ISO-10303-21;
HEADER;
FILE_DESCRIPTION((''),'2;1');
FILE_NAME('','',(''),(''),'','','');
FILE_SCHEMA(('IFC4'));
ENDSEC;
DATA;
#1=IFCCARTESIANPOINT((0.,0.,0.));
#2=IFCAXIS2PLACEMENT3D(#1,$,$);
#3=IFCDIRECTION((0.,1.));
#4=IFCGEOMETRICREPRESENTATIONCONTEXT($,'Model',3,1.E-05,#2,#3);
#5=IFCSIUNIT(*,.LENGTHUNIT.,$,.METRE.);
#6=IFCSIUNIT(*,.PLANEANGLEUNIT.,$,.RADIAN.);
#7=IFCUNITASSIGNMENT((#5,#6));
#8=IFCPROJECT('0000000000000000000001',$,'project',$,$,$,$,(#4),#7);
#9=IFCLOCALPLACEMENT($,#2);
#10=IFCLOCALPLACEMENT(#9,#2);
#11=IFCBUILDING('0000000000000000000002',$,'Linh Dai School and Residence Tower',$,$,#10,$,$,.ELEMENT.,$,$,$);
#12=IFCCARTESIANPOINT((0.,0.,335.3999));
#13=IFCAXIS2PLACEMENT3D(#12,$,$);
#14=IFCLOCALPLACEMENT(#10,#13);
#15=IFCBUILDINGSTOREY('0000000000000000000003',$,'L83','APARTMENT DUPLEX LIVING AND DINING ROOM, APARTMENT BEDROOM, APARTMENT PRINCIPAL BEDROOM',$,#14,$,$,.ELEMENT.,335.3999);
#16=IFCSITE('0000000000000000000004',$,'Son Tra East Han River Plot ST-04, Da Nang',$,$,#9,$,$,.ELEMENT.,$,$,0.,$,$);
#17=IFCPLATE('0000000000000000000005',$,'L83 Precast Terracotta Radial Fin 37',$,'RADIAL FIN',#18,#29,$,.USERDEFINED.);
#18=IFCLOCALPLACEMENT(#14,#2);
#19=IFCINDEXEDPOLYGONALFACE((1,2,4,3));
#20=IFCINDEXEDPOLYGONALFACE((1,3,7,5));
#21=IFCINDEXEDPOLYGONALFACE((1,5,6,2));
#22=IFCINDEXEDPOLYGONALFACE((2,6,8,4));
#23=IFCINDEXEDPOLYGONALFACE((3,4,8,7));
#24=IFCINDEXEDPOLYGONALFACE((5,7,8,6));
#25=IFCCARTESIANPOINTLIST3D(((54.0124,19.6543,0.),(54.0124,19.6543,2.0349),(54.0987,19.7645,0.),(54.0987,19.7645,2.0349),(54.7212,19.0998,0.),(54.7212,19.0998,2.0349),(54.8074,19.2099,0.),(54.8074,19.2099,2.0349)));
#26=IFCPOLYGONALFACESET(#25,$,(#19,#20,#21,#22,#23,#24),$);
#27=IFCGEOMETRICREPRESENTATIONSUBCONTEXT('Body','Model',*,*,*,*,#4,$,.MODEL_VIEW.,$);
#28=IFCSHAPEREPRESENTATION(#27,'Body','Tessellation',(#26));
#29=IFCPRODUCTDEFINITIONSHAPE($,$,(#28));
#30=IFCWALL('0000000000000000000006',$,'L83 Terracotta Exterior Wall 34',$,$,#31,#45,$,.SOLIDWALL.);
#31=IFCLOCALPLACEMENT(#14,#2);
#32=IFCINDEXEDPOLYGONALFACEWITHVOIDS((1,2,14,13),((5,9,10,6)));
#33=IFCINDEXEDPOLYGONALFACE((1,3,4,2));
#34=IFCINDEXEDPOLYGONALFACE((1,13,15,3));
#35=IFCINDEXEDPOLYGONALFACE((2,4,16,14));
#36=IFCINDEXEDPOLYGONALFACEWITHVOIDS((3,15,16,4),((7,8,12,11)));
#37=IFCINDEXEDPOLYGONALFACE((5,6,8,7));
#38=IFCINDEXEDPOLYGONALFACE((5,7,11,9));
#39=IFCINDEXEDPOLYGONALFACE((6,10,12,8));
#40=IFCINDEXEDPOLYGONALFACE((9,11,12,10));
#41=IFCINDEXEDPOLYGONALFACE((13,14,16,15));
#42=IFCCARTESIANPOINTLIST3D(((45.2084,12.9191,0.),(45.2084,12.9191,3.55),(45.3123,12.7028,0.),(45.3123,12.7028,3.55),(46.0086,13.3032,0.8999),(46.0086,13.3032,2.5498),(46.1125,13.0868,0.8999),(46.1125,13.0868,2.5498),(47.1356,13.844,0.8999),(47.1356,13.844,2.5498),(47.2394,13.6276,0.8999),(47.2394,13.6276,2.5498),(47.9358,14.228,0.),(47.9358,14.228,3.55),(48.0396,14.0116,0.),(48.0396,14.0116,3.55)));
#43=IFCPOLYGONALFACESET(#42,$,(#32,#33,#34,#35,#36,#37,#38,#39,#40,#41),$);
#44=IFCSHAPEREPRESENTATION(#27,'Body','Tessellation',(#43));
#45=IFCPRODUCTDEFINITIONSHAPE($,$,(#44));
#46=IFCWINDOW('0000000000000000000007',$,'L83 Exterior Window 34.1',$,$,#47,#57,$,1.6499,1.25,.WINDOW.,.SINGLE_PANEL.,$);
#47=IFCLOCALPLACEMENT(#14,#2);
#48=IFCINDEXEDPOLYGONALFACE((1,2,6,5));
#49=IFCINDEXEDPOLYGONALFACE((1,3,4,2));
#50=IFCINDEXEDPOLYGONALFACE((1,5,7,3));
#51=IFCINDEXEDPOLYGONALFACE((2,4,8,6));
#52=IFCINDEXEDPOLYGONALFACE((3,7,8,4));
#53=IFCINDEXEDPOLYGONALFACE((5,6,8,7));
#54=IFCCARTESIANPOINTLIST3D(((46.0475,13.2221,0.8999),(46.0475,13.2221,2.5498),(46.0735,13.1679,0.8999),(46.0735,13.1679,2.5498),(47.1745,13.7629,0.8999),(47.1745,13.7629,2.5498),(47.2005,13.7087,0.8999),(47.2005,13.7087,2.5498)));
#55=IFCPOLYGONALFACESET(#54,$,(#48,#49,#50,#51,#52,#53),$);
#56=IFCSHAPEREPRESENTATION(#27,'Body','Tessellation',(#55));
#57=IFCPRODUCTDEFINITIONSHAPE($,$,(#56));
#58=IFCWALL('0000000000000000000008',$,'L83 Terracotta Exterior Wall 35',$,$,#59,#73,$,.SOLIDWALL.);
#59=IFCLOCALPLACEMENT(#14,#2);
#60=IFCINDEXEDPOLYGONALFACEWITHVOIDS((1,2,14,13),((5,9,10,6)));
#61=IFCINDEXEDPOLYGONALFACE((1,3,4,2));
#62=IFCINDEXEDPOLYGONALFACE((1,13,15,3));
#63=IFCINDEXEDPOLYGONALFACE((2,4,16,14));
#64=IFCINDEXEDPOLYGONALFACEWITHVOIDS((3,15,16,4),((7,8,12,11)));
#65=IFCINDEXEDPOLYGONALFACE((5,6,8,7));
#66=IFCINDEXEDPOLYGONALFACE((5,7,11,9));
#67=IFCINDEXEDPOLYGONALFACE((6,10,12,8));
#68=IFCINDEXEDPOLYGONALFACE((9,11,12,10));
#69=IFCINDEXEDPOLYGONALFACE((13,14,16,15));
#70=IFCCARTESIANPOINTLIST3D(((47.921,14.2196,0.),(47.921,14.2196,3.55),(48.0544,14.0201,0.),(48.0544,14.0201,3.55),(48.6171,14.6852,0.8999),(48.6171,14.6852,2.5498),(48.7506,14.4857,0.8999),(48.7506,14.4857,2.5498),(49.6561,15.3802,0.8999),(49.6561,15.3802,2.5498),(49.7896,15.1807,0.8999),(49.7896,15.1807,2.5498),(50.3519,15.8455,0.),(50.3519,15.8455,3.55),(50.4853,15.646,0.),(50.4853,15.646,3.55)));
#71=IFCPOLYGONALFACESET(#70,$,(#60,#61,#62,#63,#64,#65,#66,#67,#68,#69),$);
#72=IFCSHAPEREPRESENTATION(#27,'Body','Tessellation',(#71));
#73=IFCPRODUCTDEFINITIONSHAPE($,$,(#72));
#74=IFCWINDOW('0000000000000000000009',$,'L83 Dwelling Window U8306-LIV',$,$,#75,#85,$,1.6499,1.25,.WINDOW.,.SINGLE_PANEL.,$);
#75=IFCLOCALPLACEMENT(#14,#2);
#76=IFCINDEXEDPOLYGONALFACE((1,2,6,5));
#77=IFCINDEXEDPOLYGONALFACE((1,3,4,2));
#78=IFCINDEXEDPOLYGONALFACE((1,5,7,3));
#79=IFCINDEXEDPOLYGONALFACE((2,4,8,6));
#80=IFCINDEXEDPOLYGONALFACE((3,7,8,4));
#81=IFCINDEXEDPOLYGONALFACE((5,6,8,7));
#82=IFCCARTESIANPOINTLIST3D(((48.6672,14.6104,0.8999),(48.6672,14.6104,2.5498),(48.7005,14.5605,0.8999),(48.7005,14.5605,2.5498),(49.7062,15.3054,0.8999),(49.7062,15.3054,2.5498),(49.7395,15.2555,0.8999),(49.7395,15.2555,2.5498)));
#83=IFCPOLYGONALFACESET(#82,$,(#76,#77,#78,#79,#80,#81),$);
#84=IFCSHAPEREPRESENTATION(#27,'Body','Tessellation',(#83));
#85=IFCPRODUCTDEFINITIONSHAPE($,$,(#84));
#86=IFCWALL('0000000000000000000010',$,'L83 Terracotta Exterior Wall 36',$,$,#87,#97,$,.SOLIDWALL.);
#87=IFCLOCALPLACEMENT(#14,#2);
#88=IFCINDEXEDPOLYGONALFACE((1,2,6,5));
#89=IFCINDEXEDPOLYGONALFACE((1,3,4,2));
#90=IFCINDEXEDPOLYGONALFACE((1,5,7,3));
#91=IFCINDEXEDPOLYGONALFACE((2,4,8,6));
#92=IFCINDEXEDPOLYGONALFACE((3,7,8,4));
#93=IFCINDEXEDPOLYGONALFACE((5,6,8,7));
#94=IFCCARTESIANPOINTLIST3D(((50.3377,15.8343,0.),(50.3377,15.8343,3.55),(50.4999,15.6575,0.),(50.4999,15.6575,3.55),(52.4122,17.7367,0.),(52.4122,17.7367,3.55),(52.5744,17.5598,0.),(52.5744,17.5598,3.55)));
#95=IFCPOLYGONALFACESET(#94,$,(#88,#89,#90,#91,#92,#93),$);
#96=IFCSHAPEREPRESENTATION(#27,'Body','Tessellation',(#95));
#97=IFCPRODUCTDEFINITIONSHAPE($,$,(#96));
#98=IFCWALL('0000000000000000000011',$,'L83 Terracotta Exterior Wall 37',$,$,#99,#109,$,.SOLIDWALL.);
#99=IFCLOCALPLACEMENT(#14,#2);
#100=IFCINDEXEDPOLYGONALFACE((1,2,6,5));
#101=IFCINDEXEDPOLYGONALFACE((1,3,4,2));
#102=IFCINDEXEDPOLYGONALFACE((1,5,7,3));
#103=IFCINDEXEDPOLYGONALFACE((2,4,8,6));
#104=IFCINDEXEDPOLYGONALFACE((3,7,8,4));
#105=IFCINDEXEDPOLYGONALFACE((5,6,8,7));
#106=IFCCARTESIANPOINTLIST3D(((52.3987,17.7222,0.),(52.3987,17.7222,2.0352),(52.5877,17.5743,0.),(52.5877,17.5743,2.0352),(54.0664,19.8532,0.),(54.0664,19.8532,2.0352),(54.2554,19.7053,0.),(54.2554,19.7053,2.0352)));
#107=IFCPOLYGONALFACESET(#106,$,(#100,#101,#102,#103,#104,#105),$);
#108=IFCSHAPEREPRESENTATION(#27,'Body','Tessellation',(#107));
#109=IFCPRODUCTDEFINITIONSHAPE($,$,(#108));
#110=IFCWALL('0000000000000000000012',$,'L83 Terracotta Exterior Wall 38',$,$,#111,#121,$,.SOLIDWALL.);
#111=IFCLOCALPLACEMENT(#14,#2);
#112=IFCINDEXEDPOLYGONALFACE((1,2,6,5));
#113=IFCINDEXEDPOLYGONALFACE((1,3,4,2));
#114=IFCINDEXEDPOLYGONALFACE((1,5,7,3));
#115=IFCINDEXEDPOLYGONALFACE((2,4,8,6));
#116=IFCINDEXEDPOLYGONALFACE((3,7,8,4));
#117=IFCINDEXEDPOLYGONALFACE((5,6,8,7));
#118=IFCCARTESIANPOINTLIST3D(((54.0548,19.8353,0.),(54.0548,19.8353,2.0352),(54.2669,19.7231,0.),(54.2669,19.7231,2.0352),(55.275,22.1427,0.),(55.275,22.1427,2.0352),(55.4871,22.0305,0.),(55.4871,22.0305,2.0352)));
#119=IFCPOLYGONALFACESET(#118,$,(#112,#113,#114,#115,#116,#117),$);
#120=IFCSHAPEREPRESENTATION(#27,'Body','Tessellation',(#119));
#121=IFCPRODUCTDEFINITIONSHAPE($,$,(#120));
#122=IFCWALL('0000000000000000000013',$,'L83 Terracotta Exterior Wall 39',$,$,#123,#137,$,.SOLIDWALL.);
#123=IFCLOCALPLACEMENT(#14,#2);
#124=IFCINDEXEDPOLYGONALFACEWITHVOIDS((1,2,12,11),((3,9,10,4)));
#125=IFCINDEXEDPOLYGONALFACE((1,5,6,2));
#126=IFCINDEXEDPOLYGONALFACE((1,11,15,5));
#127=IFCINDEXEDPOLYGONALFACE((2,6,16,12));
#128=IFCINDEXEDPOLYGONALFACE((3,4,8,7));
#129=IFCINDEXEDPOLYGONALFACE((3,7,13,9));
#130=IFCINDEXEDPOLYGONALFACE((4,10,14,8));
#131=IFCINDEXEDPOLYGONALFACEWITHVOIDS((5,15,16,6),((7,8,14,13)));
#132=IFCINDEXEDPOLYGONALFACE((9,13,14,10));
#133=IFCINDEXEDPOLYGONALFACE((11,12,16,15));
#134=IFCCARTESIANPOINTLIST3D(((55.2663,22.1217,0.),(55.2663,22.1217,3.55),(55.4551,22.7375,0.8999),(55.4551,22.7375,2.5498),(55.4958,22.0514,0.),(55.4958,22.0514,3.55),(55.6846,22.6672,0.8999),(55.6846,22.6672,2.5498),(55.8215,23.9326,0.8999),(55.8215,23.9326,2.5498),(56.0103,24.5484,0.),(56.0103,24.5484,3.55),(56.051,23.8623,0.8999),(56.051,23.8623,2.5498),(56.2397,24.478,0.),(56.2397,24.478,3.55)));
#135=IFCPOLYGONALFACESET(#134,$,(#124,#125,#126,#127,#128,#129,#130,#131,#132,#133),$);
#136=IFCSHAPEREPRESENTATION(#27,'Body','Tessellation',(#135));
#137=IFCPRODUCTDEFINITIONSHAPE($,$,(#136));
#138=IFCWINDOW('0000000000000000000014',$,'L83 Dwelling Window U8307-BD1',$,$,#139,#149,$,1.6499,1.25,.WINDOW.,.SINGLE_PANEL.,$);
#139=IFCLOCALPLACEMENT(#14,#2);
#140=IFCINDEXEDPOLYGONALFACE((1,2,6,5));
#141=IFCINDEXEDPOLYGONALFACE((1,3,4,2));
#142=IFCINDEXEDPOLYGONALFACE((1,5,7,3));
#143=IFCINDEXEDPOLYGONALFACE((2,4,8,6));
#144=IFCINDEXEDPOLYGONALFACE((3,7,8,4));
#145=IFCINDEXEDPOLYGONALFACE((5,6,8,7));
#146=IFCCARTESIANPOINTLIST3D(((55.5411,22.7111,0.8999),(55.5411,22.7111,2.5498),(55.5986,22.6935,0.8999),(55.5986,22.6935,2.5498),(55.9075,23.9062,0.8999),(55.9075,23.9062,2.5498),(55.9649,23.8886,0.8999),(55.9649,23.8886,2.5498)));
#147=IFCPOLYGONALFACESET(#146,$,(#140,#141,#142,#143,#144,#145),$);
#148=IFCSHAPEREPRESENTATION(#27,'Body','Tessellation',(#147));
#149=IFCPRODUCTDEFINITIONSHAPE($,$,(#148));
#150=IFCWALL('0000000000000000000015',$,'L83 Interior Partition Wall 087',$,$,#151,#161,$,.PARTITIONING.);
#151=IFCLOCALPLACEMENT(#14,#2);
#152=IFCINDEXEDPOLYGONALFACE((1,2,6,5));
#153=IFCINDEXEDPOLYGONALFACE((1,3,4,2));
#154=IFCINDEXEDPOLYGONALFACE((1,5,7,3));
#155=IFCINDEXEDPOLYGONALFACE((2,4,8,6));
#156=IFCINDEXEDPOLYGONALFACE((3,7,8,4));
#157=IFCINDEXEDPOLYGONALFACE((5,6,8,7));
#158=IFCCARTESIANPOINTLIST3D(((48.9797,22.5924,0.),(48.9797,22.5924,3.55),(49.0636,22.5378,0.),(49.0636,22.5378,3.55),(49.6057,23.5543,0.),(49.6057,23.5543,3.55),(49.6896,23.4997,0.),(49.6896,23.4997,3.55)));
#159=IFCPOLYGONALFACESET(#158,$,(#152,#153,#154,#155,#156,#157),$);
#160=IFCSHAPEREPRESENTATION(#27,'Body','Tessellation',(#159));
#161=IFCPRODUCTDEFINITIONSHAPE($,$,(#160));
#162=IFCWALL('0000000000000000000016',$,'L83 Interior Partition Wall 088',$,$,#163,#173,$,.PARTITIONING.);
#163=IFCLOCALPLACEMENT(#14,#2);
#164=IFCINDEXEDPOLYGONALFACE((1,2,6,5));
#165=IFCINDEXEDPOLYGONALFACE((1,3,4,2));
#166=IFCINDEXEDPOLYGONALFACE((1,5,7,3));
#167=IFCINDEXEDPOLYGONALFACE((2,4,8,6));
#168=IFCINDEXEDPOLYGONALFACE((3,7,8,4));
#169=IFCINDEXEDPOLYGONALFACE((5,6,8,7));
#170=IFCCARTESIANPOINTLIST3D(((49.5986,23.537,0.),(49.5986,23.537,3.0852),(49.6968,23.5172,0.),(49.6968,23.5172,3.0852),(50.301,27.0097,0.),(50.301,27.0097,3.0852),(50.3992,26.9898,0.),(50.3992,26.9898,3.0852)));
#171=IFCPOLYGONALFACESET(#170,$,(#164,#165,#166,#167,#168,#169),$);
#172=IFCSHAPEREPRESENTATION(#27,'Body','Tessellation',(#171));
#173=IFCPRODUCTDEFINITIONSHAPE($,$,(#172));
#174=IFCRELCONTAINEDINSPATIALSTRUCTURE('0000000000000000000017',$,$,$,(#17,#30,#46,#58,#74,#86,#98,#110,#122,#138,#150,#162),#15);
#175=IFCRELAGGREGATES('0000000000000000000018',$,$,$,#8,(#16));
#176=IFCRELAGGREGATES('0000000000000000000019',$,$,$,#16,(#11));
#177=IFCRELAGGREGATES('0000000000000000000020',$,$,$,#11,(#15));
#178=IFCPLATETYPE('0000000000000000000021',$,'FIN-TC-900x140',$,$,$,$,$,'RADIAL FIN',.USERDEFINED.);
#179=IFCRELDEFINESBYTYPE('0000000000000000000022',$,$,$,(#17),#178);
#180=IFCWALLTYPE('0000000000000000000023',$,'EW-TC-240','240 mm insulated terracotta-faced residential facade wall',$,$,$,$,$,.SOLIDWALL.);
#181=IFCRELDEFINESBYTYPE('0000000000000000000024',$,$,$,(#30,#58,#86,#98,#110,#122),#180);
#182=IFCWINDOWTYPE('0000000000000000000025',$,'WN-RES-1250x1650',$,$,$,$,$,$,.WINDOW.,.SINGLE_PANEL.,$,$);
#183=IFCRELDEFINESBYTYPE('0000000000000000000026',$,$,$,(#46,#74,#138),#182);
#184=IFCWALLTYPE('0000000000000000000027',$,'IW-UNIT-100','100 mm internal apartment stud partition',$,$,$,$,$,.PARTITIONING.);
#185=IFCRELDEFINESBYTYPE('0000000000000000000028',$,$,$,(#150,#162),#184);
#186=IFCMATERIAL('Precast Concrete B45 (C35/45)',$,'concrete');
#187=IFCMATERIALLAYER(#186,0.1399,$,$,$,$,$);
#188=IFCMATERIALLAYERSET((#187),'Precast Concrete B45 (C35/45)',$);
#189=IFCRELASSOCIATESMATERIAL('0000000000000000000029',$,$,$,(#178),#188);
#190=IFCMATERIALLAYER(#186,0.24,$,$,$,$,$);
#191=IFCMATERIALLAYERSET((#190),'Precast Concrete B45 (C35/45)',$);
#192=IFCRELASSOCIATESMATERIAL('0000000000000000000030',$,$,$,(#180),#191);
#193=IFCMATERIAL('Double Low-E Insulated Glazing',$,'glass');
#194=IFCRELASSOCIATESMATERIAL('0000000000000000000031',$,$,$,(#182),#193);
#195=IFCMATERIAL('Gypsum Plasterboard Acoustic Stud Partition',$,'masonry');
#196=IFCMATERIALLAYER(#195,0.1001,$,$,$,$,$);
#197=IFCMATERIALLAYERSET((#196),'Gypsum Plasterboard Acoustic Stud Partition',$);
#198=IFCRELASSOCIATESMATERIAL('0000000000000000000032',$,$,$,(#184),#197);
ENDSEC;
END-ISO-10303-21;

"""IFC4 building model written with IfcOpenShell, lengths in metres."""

from ifc_helpers import new_model, si_unit, direction, frame, frame_2d, origin, origin_2d, place, context, subcontext, project, spatial, rectangle, extrude, source, transform, mapped, material, layer, layer_set, type_object, element, fill, save


model = new_model("IFC4")

# Units and contexts
model_context = context("Model", 3, precision=1e-05, world=origin(), true_north=direction((0.0, 1.0)))
body_context = subcontext(model_context, "Body", "Model", "MODEL_VIEW")
ifc_project = project(units=[si_unit("LENGTHUNIT", "METRE"), si_unit("PLANEANGLEUNIT", "RADIAN")], contexts=[model_context])

# Site, building, storey
site_placement = place(None, origin())
site = spatial("IfcSite", under=ifc_project, at=site_placement, Name="Son Tra East Han River Plot ST-04, Da Nang", CompositionType="ELEMENT", RefElevation=0.0)
building_placement = place(site_placement, origin())
building = spatial("IfcBuilding", under=site, at=building_placement, Name="Linh Dai School and Residence Tower", CompositionType="ELEMENT")
storey_placement = place(building_placement, frame((0.0, 0.0, 335.3999)))
storey = spatial("IfcBuildingStorey", under=building, at=storey_placement, Name="L83", Description="APARTMENT DUPLEX LIVING AND DINING ROOM, APARTMENT BEDROOM, APARTMENT PRINCIPAL BEDROOM", CompositionType="ELEMENT", Elevation=335.3999)

# Plate
ifc_material_1 = material(Name="Precast Concrete B45 (C35/45)", Category="concrete")
ifc_layer_1 = layer(ifc_material_1, 0.1399)
ifc_layer_set_1 = layer_set([ifc_layer_1], Name="Precast Concrete B45 (C35/45)")
plate_type_1 = type_object("IfcPlateType", Name="FIN-TC-900x140", ElementType="RADIAL FIN", PredefinedType="USERDEFINED", material=ifc_layer_set_1)
shared_shape_1 = source(origin(), body_context, "Body", "SweptSolid", [
    extrude(rectangle(XDim=0.8999, YDim=0.1399, at=origin_2d()), origin(), (0.0, 0.0, 1.0), 2.0349),
])
plate_1_placement = place(storey_placement, frame((54.4099, 19.4321, 0.0), z_axis=(0.0, 0.0, 1.0), x_axis=(0.787553, -0.616247, 0.0)))
element("IfcPlate", 1, at=plate_1_placement, inside=storey, type_object=plate_type_1, Name="L83 Precast Terracotta Radial Fin 37", ObjectType="RADIAL FIN", PredefinedType="USERDEFINED", context=body_context, shape_type="MappedRepresentation", body=[
    mapped(shared_shape_1, transform((0.0, 0.0, 0.0), x_axis=(1.0, 0.0, 0.0), y_axis=(0.0, 1.0, 0.0), z_axis=(0.0, 0.0, 1.0), scale=1.0)),
])

# Walls, openings, windows
ifc_layer_2 = layer(ifc_material_1, 0.24)
ifc_layer_set_2 = layer_set([ifc_layer_2], Name="Precast Concrete B45 (C35/45)")
wall_type_1 = type_object("IfcWallType", Name="EW-TC-240", Description="240 mm insulated terracotta-faced residential facade wall", PredefinedType="SOLIDWALL", material=ifc_layer_set_2)
wall_1_placement = place(storey_placement, frame((47.9878, 14.1199, 0.0), z_axis=(0.0, 0.0, 1.0), x_axis=(-0.901557, -0.43266, 0.0)))
wall_1 = element("IfcWall", 2, at=wall_1_placement, inside=storey, type_object=wall_type_1, Name="L83 Terracotta Exterior Wall 34", PredefinedType="SOLIDWALL", context=body_context, shape_type="SweptSolid", body=[
    extrude(rectangle(XDim=3.0251, YDim=0.24, at=frame_2d((1.5127, 0.0))), origin(), (0.0, 0.0, 1.0), 3.55),
])
opening_1_placement = place(wall_1_placement, frame((0.8877, 0.0, 0.8999)))
opening_1 = element("IfcOpeningElement", 3, at=opening_1_placement, cuts=wall_1, PredefinedType="OPENING", context=body_context, shape_type="SweptSolid", body=[
    extrude(rectangle(XDim=1.25, YDim=1.6499, at=origin_2d()), frame((0.625, 0.1299, 0.825), z_axis=(0.0, -1.0, 0.0), x_axis=(1.0, 0.0, 0.0)), (0.0, 0.0, 1.0), 0.26),
])
ifc_material_2 = material(Name="Double Low-E Insulated Glazing", Category="glass")
window_type = type_object("IfcWindowType", Name="WN-RES-1250x1650", PartitioningType="SINGLE_PANEL", PredefinedType="WINDOW", material=ifc_material_2)
shared_shape_2 = source(origin(), body_context, "Body", "SweptSolid", [
    extrude(rectangle(XDim=1.25, YDim=1.6499, at=origin_2d()), frame((0.625, 0.03, 0.825), z_axis=(0.0, -1.0, 0.0), x_axis=(1.0, 0.0, 0.0)), (0.0, 0.0, 1.0), 0.0601),
])
window_1_placement = place(opening_1_placement, origin())
window_1 = element("IfcWindow", 4, at=window_1_placement, inside=storey, type_object=window_type, Name="L83 Exterior Window 34.1", OverallHeight=1.6499, OverallWidth=1.25, PartitioningType="SINGLE_PANEL", PredefinedType="WINDOW", context=body_context, shape_type="MappedRepresentation", body=[
    mapped(shared_shape_2, transform((0.0, 0.0, 0.0), x_axis=(1.0, 0.0, 0.0), y_axis=(0.0, 1.0, 0.0), z_axis=(0.0, 0.0, 1.0), scale=1.0)),
])
fill(opening_1, window_1)
wall_2_placement = place(storey_placement, frame((50.4187, 15.7458, 0.0), z_axis=(0.0, 0.0, 1.0), x_axis=(-0.831202, -0.555971, 0.0)))
wall_2 = element("IfcWall", 5, at=wall_2_placement, inside=storey, type_object=wall_type_1, Name="L83 Terracotta Exterior Wall 35", PredefinedType="SOLIDWALL", context=body_context, shape_type="SweptSolid", body=[
    extrude(rectangle(XDim=2.9246, YDim=0.24, at=frame_2d((1.4624, 0.0))), origin(), (0.0, 0.0, 1.0), 3.55),
])
opening_2_placement = place(wall_2_placement, frame((0.8372, 0.0, 0.8999)))
opening_2 = element("IfcOpeningElement", 6, at=opening_2_placement, cuts=wall_2, PredefinedType="OPENING", context=body_context, shape_type="SweptSolid", body=[
    extrude(rectangle(XDim=1.25, YDim=1.6499, at=origin_2d()), frame((0.625, 0.1299, 0.825), z_axis=(0.0, -1.0, 0.0), x_axis=(1.0, 0.0, 0.0)), (0.0, 0.0, 1.0), 0.26),
])
window_2_placement = place(opening_2_placement, origin())
window_2 = element("IfcWindow", 7, at=window_2_placement, inside=storey, type_object=window_type, Name="L83 Dwelling Window U8306-LIV", OverallHeight=1.6499, OverallWidth=1.25, PartitioningType="SINGLE_PANEL", PredefinedType="WINDOW", context=body_context, shape_type="MappedRepresentation", body=[
    mapped(shared_shape_2, transform((0.0, 0.0, 0.0), x_axis=(1.0, 0.0, 0.0), y_axis=(0.0, 1.0, 0.0), z_axis=(0.0, 0.0, 1.0), scale=1.0)),
])
fill(opening_2, window_2)

# Walls
wall_3_placement = place(storey_placement, frame((52.4932, 17.6482, 0.0), z_axis=(0.0, 0.0, 1.0), x_axis=(-0.737021, -0.67587, 0.0)))
element("IfcWall", 8, at=wall_3_placement, inside=storey, type_object=wall_type_1, Name="L83 Terracotta Exterior Wall 36", PredefinedType="SOLIDWALL", context=body_context, shape_type="SweptSolid", body=[
    extrude(rectangle(XDim=2.8147, YDim=0.24, at=frame_2d((1.4072, 0.0))), origin(), (0.0, 0.0, 1.0), 3.55),
])
wall_4_placement = place(storey_placement, frame((54.1609, 19.7793, 0.0), z_axis=(0.0, 0.0, 1.0), x_axis=(-0.616286, -0.787522, 0.0)))
element("IfcWall", 9, at=wall_4_placement, inside=storey, type_object=wall_type_1, Name="L83 Terracotta Exterior Wall 37", PredefinedType="SOLIDWALL", context=body_context, shape_type="SweptSolid", body=[
    extrude(rectangle(XDim=2.7061, YDim=0.24, at=frame_2d((1.353, 0.0))), origin(), (0.0, 0.0, 1.0), 2.0352),
])
wall_5_placement = place(storey_placement, frame((55.3811, 22.0867, 0.0), z_axis=(0.0, 0.0, 1.0), x_axis=(-0.467488, -0.883999, 0.0)))
element("IfcWall", 10, at=wall_5_placement, inside=storey, type_object=wall_type_1, Name="L83 Terracotta Exterior Wall 38", PredefinedType="SOLIDWALL", context=body_context, shape_type="SweptSolid", body=[
    extrude(rectangle(XDim=2.6101, YDim=0.24, at=frame_2d((1.3052, 0.0))), origin(), (0.0, 0.0, 1.0), 2.0352),
])

# Wall, opening, window
wall_6_placement = place(storey_placement, frame((56.125, 24.5132, 0.0), z_axis=(0.0, 0.0, 1.0), x_axis=(-0.293106, -0.95608, 0.0)))
wall_6 = element("IfcWall", 11, at=wall_6_placement, inside=storey, type_object=wall_type_1, Name="L83 Terracotta Exterior Wall 39", PredefinedType="SOLIDWALL", context=body_context, shape_type="SweptSolid", body=[
    extrude(rectangle(XDim=2.5381, YDim=0.24, at=frame_2d((1.269, 0.0))), origin(), (0.0, 0.0, 1.0), 3.55),
])
opening_3_placement = place(wall_6_placement, frame((0.644, 0.0, 0.8999)))
opening_3 = element("IfcOpeningElement", 12, at=opening_3_placement, cuts=wall_6, PredefinedType="OPENING", context=body_context, shape_type="SweptSolid", body=[
    extrude(rectangle(XDim=1.25, YDim=1.6499, at=origin_2d()), frame((0.625, 0.1299, 0.825), z_axis=(0.0, -1.0, 0.0), x_axis=(1.0, 0.0, 0.0)), (0.0, 0.0, 1.0), 0.26),
])
window_3_placement = place(opening_3_placement, origin())
window_3 = element("IfcWindow", 13, at=window_3_placement, inside=storey, type_object=window_type, Name="L83 Dwelling Window U8307-BD1", OverallHeight=1.6499, OverallWidth=1.25, PartitioningType="SINGLE_PANEL", PredefinedType="WINDOW", context=body_context, shape_type="MappedRepresentation", body=[
    mapped(shared_shape_2, transform((0.0, 0.0, 0.0), x_axis=(1.0, 0.0, 0.0), y_axis=(0.0, 1.0, 0.0), z_axis=(0.0, 0.0, 1.0), scale=1.0)),
])
fill(opening_3, window_3)

# Walls
ifc_material_3 = material(Name="Gypsum Plasterboard Acoustic Stud Partition", Category="masonry")
ifc_layer_3 = layer(ifc_material_3, 0.1001)
ifc_layer_set_3 = layer_set([ifc_layer_3], Name="Gypsum Plasterboard Acoustic Stud Partition")
wall_type_2 = type_object("IfcWallType", Name="IW-UNIT-100", Description="100 mm internal apartment stud partition", PredefinedType="PARTITIONING", material=ifc_layer_set_3)
wall_7_placement = place(storey_placement, frame((49.0217, 22.5652, 0.0), z_axis=(0.0, 0.0, 1.0), x_axis=(0.545437, 0.838152, 0.0)))
element("IfcWall", 14, at=wall_7_placement, inside=storey, type_object=wall_type_2, Name="L83 Interior Partition Wall 087", PredefinedType="PARTITIONING", context=body_context, shape_type="SweptSolid", body=[
    extrude(rectangle(XDim=1.1477, YDim=0.1001, at=frame_2d((0.5737, 0.0))), origin(), (0.0, 0.0, 1.0), 3.55),
])
wall_8_placement = place(storey_placement, frame((49.6477, 23.5271, 0.0), z_axis=(0.0, 0.0, 1.0), x_axis=(0.198249, 0.980152, 0.0)))
element("IfcWall", 15, at=wall_8_placement, inside=storey, type_object=wall_type_2, Name="L83 Interior Partition Wall 088", PredefinedType="PARTITIONING", context=body_context, shape_type="SweptSolid", body=[
    extrude(rectangle(XDim=3.543, YDim=0.1001, at=frame_2d((1.7715, 0.0))), origin(), (0.0, 0.0, 1.0), 3.0852),
])

save(model, "model.ifc")
